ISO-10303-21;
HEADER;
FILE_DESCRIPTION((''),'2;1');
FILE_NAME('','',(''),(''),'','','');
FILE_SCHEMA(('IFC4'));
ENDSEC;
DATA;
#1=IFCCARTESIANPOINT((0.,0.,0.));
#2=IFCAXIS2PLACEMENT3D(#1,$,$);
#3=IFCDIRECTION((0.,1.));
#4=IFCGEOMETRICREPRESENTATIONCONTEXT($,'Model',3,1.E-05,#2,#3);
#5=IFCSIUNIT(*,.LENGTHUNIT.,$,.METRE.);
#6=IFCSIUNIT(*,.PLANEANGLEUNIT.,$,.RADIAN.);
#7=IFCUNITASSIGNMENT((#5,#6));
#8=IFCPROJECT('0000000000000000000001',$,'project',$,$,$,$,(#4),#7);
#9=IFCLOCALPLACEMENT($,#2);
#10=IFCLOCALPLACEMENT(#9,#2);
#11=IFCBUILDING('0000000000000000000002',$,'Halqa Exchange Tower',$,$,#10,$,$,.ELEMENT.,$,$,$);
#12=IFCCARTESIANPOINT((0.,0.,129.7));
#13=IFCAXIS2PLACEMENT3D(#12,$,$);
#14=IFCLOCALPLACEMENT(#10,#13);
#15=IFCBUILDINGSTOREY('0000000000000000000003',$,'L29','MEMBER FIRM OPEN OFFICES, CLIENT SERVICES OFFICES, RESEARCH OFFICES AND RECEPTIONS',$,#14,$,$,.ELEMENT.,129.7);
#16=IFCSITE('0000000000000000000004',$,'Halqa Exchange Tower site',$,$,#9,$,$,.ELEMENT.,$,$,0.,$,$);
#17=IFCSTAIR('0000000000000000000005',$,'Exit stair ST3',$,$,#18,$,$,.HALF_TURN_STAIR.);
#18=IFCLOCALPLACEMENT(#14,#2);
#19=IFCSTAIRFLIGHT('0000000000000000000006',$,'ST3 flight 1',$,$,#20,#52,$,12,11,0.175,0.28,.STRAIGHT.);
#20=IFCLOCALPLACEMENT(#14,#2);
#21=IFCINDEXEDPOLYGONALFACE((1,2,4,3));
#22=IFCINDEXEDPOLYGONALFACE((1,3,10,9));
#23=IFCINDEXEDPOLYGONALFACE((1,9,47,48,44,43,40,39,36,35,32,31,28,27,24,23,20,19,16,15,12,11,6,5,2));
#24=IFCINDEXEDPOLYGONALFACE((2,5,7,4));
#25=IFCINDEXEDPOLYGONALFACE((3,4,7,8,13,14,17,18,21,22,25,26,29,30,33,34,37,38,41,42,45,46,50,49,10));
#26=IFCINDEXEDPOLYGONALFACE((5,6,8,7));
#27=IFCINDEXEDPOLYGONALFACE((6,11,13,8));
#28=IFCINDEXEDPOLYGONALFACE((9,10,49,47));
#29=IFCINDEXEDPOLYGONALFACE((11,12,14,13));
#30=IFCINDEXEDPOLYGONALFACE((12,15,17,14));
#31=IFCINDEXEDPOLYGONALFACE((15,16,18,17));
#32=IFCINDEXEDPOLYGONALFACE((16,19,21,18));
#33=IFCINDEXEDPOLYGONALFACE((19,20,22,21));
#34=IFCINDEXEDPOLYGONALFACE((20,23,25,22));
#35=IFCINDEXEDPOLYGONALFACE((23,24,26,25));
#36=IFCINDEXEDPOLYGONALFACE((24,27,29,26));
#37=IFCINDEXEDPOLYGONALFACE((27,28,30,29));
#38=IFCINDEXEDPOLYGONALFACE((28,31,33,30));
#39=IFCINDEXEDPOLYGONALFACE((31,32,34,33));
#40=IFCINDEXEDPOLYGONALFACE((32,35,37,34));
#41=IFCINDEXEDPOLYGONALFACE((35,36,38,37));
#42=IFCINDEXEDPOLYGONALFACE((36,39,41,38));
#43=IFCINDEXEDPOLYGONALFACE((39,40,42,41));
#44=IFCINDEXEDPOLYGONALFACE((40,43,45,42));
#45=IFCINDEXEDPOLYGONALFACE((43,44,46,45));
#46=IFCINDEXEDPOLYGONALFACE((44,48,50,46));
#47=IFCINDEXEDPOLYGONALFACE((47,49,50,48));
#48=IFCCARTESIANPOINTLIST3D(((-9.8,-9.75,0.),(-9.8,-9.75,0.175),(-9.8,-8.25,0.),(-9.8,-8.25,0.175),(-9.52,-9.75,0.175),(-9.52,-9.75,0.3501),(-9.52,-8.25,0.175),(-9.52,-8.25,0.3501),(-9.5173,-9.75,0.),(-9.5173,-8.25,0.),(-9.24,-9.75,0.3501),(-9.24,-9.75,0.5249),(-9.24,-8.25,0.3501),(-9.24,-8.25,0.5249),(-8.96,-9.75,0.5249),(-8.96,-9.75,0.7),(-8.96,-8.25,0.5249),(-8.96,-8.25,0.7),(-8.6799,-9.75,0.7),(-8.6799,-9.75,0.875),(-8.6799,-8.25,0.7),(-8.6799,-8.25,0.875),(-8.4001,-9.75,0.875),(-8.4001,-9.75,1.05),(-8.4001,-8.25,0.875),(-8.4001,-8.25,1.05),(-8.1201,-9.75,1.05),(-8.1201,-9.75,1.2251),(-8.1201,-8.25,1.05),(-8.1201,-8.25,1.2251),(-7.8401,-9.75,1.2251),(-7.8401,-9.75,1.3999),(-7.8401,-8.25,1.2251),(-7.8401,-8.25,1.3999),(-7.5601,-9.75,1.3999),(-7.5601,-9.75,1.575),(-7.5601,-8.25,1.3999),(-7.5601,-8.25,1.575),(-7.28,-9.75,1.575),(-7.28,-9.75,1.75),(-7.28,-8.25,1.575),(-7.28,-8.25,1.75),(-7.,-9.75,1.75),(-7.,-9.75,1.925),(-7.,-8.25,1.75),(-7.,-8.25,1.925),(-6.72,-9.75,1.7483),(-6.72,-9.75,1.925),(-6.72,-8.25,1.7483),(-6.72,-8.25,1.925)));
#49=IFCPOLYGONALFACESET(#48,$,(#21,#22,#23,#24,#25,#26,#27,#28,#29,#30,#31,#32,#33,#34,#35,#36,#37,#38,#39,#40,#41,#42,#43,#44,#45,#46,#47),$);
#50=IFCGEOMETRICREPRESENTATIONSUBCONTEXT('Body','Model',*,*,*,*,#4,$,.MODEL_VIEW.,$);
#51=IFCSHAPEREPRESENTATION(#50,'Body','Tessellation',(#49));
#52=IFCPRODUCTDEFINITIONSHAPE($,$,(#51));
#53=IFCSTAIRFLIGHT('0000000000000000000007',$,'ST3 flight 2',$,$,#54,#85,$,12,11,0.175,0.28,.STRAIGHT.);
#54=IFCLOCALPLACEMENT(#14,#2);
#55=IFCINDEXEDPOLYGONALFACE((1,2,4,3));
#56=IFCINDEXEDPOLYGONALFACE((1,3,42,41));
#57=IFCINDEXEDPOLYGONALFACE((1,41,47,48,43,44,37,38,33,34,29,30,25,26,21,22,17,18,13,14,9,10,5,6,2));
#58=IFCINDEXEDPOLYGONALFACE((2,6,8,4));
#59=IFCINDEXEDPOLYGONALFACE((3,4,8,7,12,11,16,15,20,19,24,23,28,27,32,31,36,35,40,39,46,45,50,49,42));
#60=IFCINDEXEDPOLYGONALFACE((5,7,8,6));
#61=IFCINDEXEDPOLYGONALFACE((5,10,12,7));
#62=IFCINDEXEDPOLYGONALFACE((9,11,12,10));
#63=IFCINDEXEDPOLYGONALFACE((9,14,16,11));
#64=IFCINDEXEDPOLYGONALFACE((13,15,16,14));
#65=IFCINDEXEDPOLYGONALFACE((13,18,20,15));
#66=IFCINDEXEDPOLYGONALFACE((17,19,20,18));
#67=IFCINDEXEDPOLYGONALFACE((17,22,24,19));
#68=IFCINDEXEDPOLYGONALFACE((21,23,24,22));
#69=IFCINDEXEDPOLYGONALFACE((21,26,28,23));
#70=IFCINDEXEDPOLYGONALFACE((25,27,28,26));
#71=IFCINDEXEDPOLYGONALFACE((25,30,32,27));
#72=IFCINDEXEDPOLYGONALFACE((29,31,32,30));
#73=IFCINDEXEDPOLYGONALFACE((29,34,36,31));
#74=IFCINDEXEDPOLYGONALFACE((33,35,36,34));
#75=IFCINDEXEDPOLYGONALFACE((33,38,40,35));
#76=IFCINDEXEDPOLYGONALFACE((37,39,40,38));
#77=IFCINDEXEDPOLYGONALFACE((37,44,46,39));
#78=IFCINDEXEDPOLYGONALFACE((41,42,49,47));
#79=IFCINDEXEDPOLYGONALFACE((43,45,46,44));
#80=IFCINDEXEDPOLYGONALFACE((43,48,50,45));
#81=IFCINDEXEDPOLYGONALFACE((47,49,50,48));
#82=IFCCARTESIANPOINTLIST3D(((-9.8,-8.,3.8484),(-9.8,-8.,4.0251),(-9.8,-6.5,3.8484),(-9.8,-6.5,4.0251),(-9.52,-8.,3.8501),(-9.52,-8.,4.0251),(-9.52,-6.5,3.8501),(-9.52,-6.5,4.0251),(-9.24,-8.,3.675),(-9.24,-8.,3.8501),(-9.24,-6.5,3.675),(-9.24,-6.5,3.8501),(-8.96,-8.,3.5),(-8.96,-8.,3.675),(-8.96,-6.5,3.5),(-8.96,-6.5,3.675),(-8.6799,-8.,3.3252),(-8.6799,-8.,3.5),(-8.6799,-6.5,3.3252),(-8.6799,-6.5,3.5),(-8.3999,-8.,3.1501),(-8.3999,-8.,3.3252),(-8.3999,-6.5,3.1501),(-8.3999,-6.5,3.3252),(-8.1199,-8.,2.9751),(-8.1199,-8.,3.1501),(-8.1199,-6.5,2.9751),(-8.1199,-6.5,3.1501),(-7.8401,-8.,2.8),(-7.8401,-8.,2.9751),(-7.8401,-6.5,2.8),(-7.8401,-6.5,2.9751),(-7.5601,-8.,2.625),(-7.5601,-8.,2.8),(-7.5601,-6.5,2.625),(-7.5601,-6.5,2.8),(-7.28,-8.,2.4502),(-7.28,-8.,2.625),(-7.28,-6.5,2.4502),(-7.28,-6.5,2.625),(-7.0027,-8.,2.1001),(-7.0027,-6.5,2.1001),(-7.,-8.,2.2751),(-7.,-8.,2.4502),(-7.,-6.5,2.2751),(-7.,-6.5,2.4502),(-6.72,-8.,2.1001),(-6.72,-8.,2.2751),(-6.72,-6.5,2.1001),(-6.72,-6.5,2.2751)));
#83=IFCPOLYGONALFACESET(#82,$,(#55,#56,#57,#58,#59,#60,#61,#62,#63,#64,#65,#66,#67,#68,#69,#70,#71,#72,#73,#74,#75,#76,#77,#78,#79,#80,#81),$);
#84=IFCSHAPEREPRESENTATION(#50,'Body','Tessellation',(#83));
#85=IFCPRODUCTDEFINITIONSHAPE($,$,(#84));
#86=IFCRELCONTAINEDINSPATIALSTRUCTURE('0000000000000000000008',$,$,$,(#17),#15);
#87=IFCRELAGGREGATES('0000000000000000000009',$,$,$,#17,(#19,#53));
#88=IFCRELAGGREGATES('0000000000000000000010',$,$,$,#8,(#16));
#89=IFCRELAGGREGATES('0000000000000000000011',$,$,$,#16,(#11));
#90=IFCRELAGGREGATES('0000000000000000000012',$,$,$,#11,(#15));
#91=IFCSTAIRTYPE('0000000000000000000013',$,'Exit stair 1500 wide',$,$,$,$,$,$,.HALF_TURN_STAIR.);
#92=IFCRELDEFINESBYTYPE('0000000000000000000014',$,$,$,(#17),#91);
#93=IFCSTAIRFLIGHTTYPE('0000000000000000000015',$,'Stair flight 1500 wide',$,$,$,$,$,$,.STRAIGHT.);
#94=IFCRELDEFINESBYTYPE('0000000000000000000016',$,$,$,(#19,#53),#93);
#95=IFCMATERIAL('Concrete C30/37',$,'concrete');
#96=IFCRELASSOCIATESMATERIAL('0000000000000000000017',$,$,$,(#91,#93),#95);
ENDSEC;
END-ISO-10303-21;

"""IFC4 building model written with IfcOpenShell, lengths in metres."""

from ifc_helpers import new_model, si_unit, direction, frame, origin, place, context, subcontext, project, spatial, polyline, outline, extrude, material, type_object, element, aggregate, save


model = new_model("IFC4")

# Units and contexts
model_context = context("Model", 3, precision=1e-05, world=origin(), true_north=direction((0.0, 1.0)))
body_context = subcontext(model_context, "Body", "Model", "MODEL_VIEW")
ifc_project = project(units=[si_unit("LENGTHUNIT", "METRE"), si_unit("PLANEANGLEUNIT", "RADIAN")], contexts=[model_context])

# Site, building, storey
site_placement = place(None, origin())
site = spatial("IfcSite", under=ifc_project, at=site_placement, Name="Halqa Exchange Tower site", CompositionType="ELEMENT", RefElevation=0.0)
building_placement = place(site_placement, origin())
building = spatial("IfcBuilding", under=site, at=building_placement, Name="Halqa Exchange Tower", CompositionType="ELEMENT")
storey_placement = place(building_placement, frame((0.0, 0.0, 129.7)))
storey = spatial("IfcBuildingStorey", under=building, at=storey_placement, Name="L29", Description="MEMBER FIRM OPEN OFFICES, CLIENT SERVICES OFFICES, RESEARCH OFFICES AND RECEPTIONS", CompositionType="ELEMENT", Elevation=129.7)

# Stair, stair flights
ifc_material_1 = material(Name="Concrete C30/37", Category="concrete")
stair_type = type_object("IfcStairType", Name="Exit stair 1500 wide", PredefinedType="HALF_TURN_STAIR", material=ifc_material_1)
stair_placement = place(storey_placement, origin())
stair = element("IfcStair", 1, at=stair_placement, inside=storey, type_object=stair_type, Name="Exit stair ST3", PredefinedType="HALF_TURN_STAIR")
stair_flight_type = type_object("IfcStairFlightType", Name="Stair flight 1500 wide", PredefinedType="STRAIGHT", material=ifc_material_1)
stair_flight_1_placement = place(storey_placement, frame((-9.8, -9.0, 0.0), z_axis=(0.0, 0.0, 1.0), x_axis=(1.0, 0.0, 0.0)))
stair_flight_1 = element("IfcStairFlight", 2, at=stair_flight_1_placement, type_object=stair_flight_type, Name="ST3 flight 1", NumberOfRisers=12, NumberOfTreads=11, PredefinedType="STRAIGHT", RiserHeight=0.175, TreadLength=0.28, context=body_context, shape_type="SweptSolid", body=[
    extrude(outline(polyline([(0.0, 0.0), (0.0, 0.175), (0.28, 0.175), (0.28, 0.3501), (0.5601, 0.3501), (0.5601, 0.5249), (0.8401, 0.5249), (0.8401, 0.7), (1.1201, 0.7), (1.1201, 0.875), (1.3999, 0.875), (1.3999, 1.05), (1.6799, 1.05), (1.6799, 1.2251), (1.96, 1.2251), (1.96, 1.3999), (2.24, 1.3999), (2.24, 1.575), (2.52, 1.575), (2.52, 1.75), (2.8, 1.75), (2.8, 1.925), (3.0801, 1.925), (3.0801, 2.1001), (3.0801, 1.7483), (0.2827, 0.0), (0.0, 0.0)])), frame((0.0, 0.75, 0.0), z_axis=(0.0, -1.0, 0.0), x_axis=(1.0, 0.0, 0.0)), (0.0, 0.0, 1.0), 1.5),
])
stair_flight_2_placement = place(storey_placement, frame((-6.72, -7.25, 2.1001), z_axis=(0.0, 0.0, 1.0), x_axis=(-1.0, 0.0, 0.0)))
stair_flight_2 = element("IfcStairFlight", 3, at=stair_flight_2_placement, type_object=stair_flight_type, Name="ST3 flight 2", NumberOfRisers=12, NumberOfTreads=11, PredefinedType="STRAIGHT", RiserHeight=0.175, TreadLength=0.28, context=body_context, shape_type="SweptSolid", body=[
    extrude(outline(polyline([(0.0, 0.0), (0.0, 0.175), (0.28, 0.175), (0.28, 0.3501), (0.5601, 0.3501), (0.5601, 0.5249), (0.8401, 0.5249), (0.8401, 0.7), (1.1201, 0.7), (1.1201, 0.875), (1.3999, 0.875), (1.3999, 1.05), (1.6799, 1.05), (1.6799, 1.2251), (1.96, 1.2251), (1.96, 1.3999), (2.24, 1.3999), (2.24, 1.575), (2.52, 1.575), (2.52, 1.75), (2.8, 1.75), (2.8, 1.925), (3.0801, 1.925), (3.0801, 2.1001), (3.0801, 1.7483), (0.2827, 0.0), (0.0, 0.0)])), frame((0.0, 0.75, 0.0), z_axis=(0.0, -1.0, 0.0), x_axis=(1.0, 0.0, 0.0)), (0.0, 0.0, 1.0), 1.5),
])
aggregate(stair, [stair_flight_1, stair_flight_2])

save(model, "model.ifc")
